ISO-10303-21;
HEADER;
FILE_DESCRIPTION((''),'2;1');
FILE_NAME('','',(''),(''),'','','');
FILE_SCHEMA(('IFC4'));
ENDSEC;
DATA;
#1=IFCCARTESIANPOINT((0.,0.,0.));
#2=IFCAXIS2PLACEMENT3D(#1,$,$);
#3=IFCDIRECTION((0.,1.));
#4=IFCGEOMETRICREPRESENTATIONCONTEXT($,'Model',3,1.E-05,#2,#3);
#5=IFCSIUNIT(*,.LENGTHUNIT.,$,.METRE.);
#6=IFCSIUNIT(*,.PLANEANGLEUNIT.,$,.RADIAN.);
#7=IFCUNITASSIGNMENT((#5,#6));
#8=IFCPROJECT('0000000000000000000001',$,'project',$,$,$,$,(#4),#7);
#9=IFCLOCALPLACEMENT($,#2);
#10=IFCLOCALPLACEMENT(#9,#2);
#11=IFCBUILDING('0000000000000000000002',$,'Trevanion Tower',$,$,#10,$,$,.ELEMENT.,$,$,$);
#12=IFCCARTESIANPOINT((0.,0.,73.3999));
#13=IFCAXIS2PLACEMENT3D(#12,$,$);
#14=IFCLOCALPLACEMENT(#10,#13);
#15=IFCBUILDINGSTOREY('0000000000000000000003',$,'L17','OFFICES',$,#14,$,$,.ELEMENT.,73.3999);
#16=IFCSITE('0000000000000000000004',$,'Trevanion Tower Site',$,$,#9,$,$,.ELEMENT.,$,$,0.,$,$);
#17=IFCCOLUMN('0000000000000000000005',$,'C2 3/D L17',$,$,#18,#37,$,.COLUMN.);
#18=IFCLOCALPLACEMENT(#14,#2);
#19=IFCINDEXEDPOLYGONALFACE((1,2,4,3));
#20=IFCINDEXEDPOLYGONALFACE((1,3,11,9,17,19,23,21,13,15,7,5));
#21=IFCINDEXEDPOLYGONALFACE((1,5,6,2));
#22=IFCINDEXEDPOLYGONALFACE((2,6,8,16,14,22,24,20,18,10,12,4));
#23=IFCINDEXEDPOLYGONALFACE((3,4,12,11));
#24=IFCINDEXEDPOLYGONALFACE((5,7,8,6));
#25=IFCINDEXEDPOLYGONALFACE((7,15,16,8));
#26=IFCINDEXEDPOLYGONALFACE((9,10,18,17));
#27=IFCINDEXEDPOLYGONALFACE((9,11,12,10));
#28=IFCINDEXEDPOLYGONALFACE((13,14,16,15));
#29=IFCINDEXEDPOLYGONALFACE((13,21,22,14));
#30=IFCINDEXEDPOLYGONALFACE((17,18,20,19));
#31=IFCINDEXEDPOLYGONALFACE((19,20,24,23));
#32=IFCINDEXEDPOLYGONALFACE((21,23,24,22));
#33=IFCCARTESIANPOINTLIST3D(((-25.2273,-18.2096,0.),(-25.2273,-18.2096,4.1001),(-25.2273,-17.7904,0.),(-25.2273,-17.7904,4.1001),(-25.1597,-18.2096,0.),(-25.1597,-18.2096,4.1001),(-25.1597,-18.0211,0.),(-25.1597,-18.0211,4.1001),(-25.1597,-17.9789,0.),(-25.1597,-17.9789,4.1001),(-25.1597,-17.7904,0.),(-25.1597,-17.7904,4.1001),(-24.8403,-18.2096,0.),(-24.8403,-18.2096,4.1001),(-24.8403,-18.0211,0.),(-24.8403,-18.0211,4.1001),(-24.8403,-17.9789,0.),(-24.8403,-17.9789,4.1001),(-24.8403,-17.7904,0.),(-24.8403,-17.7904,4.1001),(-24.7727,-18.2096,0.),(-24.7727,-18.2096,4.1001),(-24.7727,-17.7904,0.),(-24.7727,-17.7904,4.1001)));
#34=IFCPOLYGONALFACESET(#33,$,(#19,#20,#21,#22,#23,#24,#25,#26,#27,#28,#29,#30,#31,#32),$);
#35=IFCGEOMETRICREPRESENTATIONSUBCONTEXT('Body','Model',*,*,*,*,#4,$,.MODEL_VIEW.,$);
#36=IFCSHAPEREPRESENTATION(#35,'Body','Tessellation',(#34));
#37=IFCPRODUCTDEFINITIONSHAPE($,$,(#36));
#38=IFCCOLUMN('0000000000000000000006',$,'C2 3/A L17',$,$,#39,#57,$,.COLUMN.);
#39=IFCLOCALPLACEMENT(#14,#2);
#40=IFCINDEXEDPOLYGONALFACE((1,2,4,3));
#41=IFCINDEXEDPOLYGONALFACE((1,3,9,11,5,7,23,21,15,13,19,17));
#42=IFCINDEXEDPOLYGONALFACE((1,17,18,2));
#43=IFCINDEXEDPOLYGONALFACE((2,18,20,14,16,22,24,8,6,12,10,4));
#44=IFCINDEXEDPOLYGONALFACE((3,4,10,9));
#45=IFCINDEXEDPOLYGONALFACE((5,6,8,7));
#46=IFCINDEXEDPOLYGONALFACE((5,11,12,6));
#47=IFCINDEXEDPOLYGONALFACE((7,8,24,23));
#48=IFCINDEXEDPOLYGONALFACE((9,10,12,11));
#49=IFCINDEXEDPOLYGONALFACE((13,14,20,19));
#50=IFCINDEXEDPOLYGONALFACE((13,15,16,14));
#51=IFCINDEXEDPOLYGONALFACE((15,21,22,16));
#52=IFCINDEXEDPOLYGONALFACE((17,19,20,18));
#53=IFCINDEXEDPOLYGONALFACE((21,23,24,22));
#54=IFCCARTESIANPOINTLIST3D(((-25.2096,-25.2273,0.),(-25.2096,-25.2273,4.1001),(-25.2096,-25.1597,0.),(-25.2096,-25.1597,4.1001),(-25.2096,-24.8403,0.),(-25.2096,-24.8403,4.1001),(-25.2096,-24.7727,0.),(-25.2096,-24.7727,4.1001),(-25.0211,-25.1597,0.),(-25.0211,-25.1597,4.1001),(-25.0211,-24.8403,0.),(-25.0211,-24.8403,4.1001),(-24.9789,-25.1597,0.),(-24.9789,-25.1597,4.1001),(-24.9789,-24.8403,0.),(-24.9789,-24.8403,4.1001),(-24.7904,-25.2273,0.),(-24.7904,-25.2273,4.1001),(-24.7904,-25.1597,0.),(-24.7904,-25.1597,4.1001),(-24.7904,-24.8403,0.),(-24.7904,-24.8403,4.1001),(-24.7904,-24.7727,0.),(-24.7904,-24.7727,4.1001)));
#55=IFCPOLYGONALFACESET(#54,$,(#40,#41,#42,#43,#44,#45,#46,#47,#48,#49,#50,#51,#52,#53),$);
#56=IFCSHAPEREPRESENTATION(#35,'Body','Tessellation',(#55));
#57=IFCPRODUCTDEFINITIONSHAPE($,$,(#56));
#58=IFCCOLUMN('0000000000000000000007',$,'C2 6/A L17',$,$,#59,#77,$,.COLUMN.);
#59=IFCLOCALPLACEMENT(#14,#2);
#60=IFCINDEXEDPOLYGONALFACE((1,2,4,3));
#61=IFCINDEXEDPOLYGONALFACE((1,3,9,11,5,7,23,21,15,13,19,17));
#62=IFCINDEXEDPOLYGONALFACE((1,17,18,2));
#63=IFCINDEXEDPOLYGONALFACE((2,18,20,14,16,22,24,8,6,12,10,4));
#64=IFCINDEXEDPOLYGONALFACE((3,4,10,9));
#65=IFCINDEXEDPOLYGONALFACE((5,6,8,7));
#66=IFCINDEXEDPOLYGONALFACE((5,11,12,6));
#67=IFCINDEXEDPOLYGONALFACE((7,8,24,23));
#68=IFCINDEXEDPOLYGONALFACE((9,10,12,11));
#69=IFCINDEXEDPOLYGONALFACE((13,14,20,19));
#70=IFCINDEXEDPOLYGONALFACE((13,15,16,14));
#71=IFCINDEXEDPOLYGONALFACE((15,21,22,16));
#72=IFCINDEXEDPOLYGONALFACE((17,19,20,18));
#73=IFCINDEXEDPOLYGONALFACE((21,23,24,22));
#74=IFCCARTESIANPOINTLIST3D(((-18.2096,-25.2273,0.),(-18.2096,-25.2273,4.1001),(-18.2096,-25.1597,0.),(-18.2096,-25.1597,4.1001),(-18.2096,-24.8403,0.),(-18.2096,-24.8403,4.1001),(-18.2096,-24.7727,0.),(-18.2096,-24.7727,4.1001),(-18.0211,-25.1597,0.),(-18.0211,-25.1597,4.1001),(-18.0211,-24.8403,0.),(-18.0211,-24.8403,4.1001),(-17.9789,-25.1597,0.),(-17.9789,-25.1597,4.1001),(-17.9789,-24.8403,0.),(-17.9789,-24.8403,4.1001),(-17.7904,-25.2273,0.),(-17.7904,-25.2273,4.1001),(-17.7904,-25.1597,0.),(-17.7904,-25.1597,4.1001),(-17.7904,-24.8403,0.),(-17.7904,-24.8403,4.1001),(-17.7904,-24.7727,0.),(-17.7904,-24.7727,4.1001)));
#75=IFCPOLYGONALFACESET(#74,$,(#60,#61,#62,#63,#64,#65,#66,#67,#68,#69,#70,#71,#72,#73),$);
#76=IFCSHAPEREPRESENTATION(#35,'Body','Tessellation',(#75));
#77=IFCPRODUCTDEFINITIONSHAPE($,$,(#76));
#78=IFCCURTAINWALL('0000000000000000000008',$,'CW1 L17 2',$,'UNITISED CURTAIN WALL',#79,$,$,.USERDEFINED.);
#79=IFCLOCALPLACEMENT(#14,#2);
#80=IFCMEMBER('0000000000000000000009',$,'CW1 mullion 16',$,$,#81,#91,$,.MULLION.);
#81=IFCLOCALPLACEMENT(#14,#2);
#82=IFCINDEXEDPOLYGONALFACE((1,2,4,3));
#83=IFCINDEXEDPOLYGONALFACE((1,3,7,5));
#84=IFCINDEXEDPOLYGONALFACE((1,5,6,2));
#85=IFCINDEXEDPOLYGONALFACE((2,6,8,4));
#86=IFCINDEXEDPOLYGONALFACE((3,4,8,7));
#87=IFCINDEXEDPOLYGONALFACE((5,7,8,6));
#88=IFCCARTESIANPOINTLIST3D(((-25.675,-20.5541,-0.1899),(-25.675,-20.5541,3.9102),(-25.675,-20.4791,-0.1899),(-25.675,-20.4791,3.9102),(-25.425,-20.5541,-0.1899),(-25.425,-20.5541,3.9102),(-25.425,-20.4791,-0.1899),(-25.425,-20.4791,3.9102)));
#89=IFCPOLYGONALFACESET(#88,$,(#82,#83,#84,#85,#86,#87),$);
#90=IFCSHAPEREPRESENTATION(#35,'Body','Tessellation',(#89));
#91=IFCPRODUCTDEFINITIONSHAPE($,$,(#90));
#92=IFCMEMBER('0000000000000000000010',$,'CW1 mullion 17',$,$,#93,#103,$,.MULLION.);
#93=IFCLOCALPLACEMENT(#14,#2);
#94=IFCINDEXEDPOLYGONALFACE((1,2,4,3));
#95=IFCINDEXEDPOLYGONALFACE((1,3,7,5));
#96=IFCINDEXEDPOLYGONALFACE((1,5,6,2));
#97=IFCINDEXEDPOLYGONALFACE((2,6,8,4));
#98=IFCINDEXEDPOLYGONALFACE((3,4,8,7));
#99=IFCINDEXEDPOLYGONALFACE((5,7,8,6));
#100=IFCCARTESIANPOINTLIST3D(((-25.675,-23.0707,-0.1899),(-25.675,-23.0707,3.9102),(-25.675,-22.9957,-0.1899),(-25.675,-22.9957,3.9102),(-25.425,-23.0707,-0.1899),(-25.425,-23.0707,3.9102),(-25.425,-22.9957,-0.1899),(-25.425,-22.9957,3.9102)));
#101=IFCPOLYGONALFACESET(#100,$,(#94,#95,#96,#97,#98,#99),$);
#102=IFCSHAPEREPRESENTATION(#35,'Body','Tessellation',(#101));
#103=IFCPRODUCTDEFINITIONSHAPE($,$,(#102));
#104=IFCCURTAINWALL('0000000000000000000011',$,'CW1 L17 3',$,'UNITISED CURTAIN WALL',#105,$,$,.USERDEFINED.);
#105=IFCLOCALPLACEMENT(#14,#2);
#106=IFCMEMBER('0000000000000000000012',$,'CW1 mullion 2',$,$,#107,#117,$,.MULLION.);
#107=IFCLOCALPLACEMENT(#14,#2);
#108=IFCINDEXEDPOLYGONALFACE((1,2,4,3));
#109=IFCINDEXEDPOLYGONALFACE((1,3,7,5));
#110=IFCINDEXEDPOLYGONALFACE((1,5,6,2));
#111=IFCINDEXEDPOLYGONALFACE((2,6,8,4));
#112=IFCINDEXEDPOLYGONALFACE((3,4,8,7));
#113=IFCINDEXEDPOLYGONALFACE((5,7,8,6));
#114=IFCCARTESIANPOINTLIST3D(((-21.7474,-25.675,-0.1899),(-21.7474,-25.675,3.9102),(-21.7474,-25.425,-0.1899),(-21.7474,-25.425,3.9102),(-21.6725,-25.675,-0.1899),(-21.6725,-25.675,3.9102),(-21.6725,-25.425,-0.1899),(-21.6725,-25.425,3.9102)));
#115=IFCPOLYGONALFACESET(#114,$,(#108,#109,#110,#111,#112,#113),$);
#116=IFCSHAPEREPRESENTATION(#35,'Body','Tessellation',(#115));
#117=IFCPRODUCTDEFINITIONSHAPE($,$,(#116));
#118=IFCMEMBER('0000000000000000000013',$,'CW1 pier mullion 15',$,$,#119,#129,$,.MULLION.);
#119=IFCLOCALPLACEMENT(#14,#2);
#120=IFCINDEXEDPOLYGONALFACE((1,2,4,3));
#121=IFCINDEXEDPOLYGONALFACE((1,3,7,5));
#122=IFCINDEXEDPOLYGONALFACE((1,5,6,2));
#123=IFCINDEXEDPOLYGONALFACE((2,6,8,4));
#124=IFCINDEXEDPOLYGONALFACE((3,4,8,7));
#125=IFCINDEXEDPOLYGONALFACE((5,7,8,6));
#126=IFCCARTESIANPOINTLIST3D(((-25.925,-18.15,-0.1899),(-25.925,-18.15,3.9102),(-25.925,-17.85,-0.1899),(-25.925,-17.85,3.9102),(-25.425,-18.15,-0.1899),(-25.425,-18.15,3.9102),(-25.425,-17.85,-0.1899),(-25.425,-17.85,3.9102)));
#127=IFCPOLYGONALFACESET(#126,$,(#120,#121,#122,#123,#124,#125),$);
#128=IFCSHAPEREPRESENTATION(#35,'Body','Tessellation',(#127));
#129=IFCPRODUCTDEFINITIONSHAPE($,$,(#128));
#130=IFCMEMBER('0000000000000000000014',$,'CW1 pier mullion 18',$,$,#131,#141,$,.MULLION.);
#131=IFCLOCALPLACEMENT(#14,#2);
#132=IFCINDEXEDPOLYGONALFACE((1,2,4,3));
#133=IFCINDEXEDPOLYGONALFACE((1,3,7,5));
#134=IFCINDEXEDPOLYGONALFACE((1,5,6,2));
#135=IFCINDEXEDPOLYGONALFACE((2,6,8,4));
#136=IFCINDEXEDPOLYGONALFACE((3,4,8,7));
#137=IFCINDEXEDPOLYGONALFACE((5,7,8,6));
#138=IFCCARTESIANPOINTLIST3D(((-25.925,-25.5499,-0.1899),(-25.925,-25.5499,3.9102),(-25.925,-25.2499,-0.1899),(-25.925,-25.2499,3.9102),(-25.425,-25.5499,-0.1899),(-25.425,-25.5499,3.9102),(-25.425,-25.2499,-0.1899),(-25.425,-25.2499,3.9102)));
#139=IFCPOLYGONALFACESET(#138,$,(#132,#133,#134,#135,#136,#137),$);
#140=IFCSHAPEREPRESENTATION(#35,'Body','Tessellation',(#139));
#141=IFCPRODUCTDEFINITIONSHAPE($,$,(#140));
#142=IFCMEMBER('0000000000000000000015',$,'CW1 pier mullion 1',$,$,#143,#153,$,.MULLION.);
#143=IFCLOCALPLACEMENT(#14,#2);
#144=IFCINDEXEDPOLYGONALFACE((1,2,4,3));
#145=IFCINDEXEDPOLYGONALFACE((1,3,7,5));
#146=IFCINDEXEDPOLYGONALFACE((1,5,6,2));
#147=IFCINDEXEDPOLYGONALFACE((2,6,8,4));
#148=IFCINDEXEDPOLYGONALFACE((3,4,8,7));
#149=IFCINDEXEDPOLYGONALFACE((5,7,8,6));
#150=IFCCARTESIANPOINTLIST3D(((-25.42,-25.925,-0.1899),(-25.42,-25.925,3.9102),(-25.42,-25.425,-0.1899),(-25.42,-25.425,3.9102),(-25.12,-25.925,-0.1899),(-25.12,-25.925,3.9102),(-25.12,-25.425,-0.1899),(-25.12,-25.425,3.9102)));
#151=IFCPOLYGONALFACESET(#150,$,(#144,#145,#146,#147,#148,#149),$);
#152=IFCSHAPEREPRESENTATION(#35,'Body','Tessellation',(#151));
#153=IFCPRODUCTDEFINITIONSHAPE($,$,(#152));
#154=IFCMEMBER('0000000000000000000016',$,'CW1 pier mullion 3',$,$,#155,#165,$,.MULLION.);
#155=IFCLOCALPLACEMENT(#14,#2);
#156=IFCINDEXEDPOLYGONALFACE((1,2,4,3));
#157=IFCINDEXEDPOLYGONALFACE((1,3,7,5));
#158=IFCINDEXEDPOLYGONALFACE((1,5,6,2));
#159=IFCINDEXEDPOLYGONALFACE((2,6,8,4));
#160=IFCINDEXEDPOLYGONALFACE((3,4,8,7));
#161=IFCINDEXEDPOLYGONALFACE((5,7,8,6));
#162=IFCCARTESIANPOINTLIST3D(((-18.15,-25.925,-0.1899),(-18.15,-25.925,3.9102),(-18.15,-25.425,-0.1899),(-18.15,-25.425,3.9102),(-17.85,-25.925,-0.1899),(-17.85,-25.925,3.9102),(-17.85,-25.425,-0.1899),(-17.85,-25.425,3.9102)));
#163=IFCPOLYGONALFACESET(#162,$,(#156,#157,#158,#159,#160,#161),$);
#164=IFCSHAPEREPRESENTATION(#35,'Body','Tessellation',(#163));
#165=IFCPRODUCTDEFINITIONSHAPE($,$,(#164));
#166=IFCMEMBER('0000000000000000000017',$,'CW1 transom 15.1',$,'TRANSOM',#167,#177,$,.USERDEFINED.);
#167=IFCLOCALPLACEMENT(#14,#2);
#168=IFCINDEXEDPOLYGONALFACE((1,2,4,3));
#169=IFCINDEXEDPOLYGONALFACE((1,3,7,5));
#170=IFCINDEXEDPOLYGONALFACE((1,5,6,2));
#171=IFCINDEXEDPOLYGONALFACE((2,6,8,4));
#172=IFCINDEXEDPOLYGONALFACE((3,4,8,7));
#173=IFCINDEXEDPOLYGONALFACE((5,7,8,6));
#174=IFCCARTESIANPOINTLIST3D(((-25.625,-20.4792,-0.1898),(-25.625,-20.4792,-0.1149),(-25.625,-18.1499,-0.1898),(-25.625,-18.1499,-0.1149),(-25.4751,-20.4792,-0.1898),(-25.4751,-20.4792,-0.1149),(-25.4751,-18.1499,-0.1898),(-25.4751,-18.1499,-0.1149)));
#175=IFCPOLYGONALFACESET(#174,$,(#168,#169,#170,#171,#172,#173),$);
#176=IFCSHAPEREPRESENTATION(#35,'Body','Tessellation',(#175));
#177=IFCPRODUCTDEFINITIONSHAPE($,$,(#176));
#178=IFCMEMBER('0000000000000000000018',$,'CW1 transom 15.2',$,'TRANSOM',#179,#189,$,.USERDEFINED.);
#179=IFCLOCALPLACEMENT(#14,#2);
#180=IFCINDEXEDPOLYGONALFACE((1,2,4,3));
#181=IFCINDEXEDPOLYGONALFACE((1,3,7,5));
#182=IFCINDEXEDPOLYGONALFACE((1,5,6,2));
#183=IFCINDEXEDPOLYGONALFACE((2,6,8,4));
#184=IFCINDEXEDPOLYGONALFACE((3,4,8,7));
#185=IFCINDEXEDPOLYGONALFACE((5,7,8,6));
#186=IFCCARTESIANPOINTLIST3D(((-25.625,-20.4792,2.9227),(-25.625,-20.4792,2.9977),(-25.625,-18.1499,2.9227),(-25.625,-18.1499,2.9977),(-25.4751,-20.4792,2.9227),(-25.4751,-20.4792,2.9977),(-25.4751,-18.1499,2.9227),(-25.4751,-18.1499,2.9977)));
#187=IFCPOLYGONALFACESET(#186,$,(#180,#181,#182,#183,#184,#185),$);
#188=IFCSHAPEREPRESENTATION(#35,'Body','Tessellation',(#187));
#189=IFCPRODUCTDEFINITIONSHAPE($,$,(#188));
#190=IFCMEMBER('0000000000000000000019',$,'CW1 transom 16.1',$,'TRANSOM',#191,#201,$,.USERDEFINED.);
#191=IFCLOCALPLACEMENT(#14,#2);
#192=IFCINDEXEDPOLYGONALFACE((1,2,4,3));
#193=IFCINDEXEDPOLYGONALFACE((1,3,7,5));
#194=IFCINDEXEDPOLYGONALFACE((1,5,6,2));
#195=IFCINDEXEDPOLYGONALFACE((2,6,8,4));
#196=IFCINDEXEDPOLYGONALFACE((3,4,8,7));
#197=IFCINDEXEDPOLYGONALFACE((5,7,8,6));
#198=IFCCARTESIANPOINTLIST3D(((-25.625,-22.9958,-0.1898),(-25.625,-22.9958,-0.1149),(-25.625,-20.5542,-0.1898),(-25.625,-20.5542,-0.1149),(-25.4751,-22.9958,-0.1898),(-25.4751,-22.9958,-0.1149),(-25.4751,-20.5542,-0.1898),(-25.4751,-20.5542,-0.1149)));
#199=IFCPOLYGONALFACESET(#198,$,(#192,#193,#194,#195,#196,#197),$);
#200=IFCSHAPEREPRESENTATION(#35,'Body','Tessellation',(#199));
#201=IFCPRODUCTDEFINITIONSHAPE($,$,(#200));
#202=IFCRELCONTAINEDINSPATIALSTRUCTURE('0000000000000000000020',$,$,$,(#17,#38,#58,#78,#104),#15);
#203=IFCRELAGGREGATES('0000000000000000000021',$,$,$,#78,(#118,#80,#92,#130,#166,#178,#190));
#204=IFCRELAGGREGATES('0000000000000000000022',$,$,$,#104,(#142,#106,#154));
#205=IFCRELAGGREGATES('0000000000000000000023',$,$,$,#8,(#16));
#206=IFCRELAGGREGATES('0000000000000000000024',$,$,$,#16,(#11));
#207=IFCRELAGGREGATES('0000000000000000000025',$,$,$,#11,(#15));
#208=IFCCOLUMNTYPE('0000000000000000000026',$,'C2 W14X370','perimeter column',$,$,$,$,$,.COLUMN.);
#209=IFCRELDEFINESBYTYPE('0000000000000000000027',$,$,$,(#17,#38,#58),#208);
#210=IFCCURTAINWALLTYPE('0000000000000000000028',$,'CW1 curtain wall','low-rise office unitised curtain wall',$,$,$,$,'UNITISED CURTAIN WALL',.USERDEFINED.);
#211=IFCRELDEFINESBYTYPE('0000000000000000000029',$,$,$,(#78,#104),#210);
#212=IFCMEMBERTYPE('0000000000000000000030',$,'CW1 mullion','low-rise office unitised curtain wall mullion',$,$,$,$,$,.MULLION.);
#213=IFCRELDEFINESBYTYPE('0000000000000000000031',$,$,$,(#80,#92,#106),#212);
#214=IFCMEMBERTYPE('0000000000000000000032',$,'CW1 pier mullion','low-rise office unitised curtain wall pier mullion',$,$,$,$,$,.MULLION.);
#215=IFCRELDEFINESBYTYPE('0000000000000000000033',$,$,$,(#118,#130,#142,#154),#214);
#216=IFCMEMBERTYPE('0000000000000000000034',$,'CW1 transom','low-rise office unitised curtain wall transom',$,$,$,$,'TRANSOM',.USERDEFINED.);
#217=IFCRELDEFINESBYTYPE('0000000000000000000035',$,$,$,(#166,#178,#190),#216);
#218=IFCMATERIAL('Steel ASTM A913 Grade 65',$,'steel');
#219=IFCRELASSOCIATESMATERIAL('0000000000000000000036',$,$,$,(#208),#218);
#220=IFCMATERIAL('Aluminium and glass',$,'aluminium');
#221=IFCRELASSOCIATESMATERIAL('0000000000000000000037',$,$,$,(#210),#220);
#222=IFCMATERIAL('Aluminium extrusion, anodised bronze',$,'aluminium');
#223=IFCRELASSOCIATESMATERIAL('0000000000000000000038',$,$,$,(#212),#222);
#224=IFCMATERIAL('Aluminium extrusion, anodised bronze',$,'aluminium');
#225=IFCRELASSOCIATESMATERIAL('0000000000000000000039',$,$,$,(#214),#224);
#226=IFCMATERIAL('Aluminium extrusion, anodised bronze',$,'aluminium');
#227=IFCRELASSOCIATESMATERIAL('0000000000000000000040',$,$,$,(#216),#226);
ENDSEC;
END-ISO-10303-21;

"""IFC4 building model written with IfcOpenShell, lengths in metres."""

from ifc_helpers import new_model, si_unit, direction, frame, origin, origin_2d, place, context, subcontext, project, spatial, rectangle, i_section, extrude, material, material_profile, profile_set, type_object, element, aggregate, save


model = new_model("IFC4")

# Units and contexts
model_context = context("Model", 3, precision=1e-05, world=origin(), true_north=direction((0.0, 1.0)))
body_context = subcontext(model_context, "Body", "Model", "MODEL_VIEW")
ifc_project = project(units=[si_unit("LENGTHUNIT", "METRE"), si_unit("PLANEANGLEUNIT", "RADIAN")], contexts=[model_context])

# Site, building, storey
site_placement = place(None, origin())
site = spatial("IfcSite", under=ifc_project, at=site_placement, Name="Trevanion Tower Site", CompositionType="ELEMENT", RefElevation=0.0)
building_placement = place(site_placement, origin())
building = spatial("IfcBuilding", under=site, at=building_placement, Name="Trevanion Tower", CompositionType="ELEMENT")
storey_placement = place(building_placement, frame((0.0, 0.0, 73.3999)))
storey = spatial("IfcBuildingStorey", under=building, at=storey_placement, Name="L17", Description="OFFICES", CompositionType="ELEMENT", Elevation=73.3999)

# Columns
ifc_material_1 = material(Name="Steel ASTM A913 Grade 65", Category="steel")
ifc_material_profile_1 = material_profile(ifc_material_1, i_section(OverallWidth=0.4192, OverallDepth=0.4546, WebThickness=0.0422, FlangeThickness=0.0676, at=origin_2d()), Name="W14X370")
ifc_profile_set_1 = profile_set([ifc_material_profile_1], Name="Steel ASTM A913 Grade 65")
column_type = type_object("IfcColumnType", Name="C2 W14X370", Description="perimeter column", PredefinedType="COLUMN", material=ifc_profile_set_1)
for number, where, z_axis, x_axis, name in (
    (1, (-25.0, -18.0, 0.0), (0.0, 0.0, 1.0), (0.0, 1.0, 0.0), "C2 3/D L17"),
    (2, (-25.0, -25.0, 0.0), (0.0, 0.0, 1.0), (1.0, 0.0, 0.0), "C2 3/A L17"),
    (3, (-18.0, -25.0, 0.0), (0.0, 0.0, 1.0), (1.0, 0.0, 0.0), "C2 6/A L17"),
):
    element("IfcColumn", number, at=place(storey_placement, frame(where, z_axis=z_axis, x_axis=x_axis)), inside=storey, type_object=column_type, Name=name, PredefinedType="COLUMN", context=body_context, shape_type="SweptSolid", body=[
        extrude(i_section(OverallWidth=0.4192, OverallDepth=0.4546, WebThickness=0.0422, FlangeThickness=0.0676, at=origin_2d()), origin(), (0.0, 0.0, 1.0), 4.1001),
    ])

# Curtain wall, members
ifc_material_2 = material(Name="Aluminium and glass", Category="aluminium")
curtain_wall_type = type_object("IfcCurtainWallType", Name="CW1 curtain wall", Description="low-rise office unitised curtain wall", ElementType="UNITISED CURTAIN WALL", PredefinedType="USERDEFINED", material=ifc_material_2)
curtain_wall_1_placement = place(storey_placement, origin())
curtain_wall_1 = element("IfcCurtainWall", 4, at=curtain_wall_1_placement, inside=storey, type_object=curtain_wall_type, Name="CW1 L17 2", ObjectType="UNITISED CURTAIN WALL", PredefinedType="USERDEFINED")
ifc_material_3 = material(Name="Aluminium extrusion, anodised bronze", Category="aluminium")
ifc_material_profile_2 = material_profile(ifc_material_3, rectangle(XDim=0.075, YDim=0.25, at=origin_2d()), Name="CW1 mullion")
ifc_profile_set_2 = profile_set([ifc_material_profile_2], Name="Aluminium extrusion, anodised bronze")
member_type_1 = type_object("IfcMemberType", Name="CW1 mullion", Description="low-rise office unitised curtain wall mullion", PredefinedType="MULLION", material=ifc_profile_set_2)
member_1_placement = place(storey_placement, frame((-25.55, -20.5166, -0.1899), z_axis=(0.0, 0.0, 1.0), x_axis=(0.0, -1.0, 0.0)))
member_1 = element("IfcMember", 5, at=member_1_placement, type_object=member_type_1, Name="CW1 mullion 16", PredefinedType="MULLION", context=body_context, shape_type="SweptSolid", body=[
    extrude(rectangle(XDim=0.075, YDim=0.25, at=origin_2d()), origin(), (0.0, 0.0, 1.0), 4.1001),
])
member_2_placement = place(storey_placement, frame((-25.55, -23.0332, -0.1899), z_axis=(0.0, 0.0, 1.0), x_axis=(0.0, -1.0, 0.0)))
member_2 = element("IfcMember", 6, at=member_2_placement, type_object=member_type_1, Name="CW1 mullion 17", PredefinedType="MULLION", context=body_context, shape_type="SweptSolid", body=[
    extrude(rectangle(XDim=0.075, YDim=0.25, at=origin_2d()), origin(), (0.0, 0.0, 1.0), 4.1001),
])

# Curtain wall, member
curtain_wall_2_placement = place(storey_placement, origin())
curtain_wall_2 = element("IfcCurtainWall", 7, at=curtain_wall_2_placement, inside=storey, type_object=curtain_wall_type, Name="CW1 L17 3", ObjectType="UNITISED CURTAIN WALL", PredefinedType="USERDEFINED")
member_3_placement = place(storey_placement, frame((-21.71, -25.55, -0.1899), z_axis=(0.0, 0.0, 1.0), x_axis=(1.0, 0.0, 0.0)))
member_3 = element("IfcMember", 8, at=member_3_placement, type_object=member_type_1, Name="CW1 mullion 2", PredefinedType="MULLION", context=body_context, shape_type="SweptSolid", body=[
    extrude(rectangle(XDim=0.075, YDim=0.25, at=origin_2d()), origin(), (0.0, 0.0, 1.0), 4.1001),
])

# Members
ifc_material_4 = material(Name="Aluminium extrusion, anodised bronze", Category="aluminium")
ifc_material_profile_3 = material_profile(ifc_material_4, rectangle(XDim=0.3, YDim=0.5, at=origin_2d()), Name="CW1 pier mullion")
ifc_profile_set_3 = profile_set([ifc_material_profile_3], Name="Aluminium extrusion, anodised bronze")
member_type_2 = type_object("IfcMemberType", Name="CW1 pier mullion", Description="low-rise office unitised curtain wall pier mullion", PredefinedType="MULLION", material=ifc_profile_set_3)
member_4_placement = place(storey_placement, frame((-25.675, -18.0, -0.1899), z_axis=(0.0, 0.0, 1.0), x_axis=(0.0, -1.0, 0.0)))
member_4 = element("IfcMember", 9, at=member_4_placement, type_object=member_type_2, Name="CW1 pier mullion 15", PredefinedType="MULLION", context=body_context, shape_type="SweptSolid", body=[
    extrude(rectangle(XDim=0.3, YDim=0.5, at=origin_2d()), origin(), (0.0, 0.0, 1.0), 4.1001),
])
member_5_placement = place(storey_placement, frame((-25.675, -25.3999, -0.1899), z_axis=(0.0, 0.0, 1.0), x_axis=(0.0, -1.0, 0.0)))
member_5 = element("IfcMember", 10, at=member_5_placement, type_object=member_type_2, Name="CW1 pier mullion 18", PredefinedType="MULLION", context=body_context, shape_type="SweptSolid", body=[
    extrude(rectangle(XDim=0.3, YDim=0.5, at=origin_2d()), origin(), (0.0, 0.0, 1.0), 4.1001),
])
member_6_placement = place(storey_placement, frame((-25.27, -25.675, -0.1899), z_axis=(0.0, 0.0, 1.0), x_axis=(1.0, 0.0, 0.0)))
member_6 = element("IfcMember", 11, at=member_6_placement, type_object=member_type_2, Name="CW1 pier mullion 1", PredefinedType="MULLION", context=body_context, shape_type="SweptSolid", body=[
    extrude(rectangle(XDim=0.3, YDim=0.5, at=origin_2d()), origin(), (0.0, 0.0, 1.0), 4.1001),
])
member_7_placement = place(storey_placement, frame((-18.0, -25.675, -0.1899), z_axis=(0.0, 0.0, 1.0), x_axis=(1.0, 0.0, 0.0)))
member_7 = element("IfcMember", 12, at=member_7_placement, type_object=member_type_2, Name="CW1 pier mullion 3", PredefinedType="MULLION", context=body_context, shape_type="SweptSolid", body=[
    extrude(rectangle(XDim=0.3, YDim=0.5, at=origin_2d()), origin(), (0.0, 0.0, 1.0), 4.1001),
])
ifc_material_5 = material(Name="Aluminium extrusion, anodised bronze", Category="aluminium")
ifc_material_profile_4 = material_profile(ifc_material_5, rectangle(XDim=0.1499, YDim=0.075, at=origin_2d()), Name="CW1 transom")
ifc_profile_set_4 = profile_set([ifc_material_profile_4], Name="Aluminium extrusion, anodised bronze")
member_type_3 = type_object("IfcMemberType", Name="CW1 transom", Description="low-rise office unitised curtain wall transom", ElementType="TRANSOM", PredefinedType="USERDEFINED", material=ifc_profile_set_4)
member_8_placement = place(storey_placement, frame((-25.55, -18.1499, -0.1523), z_axis=(0.0, -1.0, 0.0), x_axis=(1.0, 0.0, 0.0)))
member_8 = element("IfcMember", 13, at=member_8_placement, type_object=member_type_3, Name="CW1 transom 15.1", ObjectType="TRANSOM", PredefinedType="USERDEFINED", context=body_context, shape_type="SweptSolid", body=[
    extrude(rectangle(XDim=0.1499, YDim=0.075, at=origin_2d()), origin(), (0.0, 0.0, 1.0), 2.3293),
])
member_9_placement = place(storey_placement, frame((-25.55, -18.1499, 2.9602), z_axis=(0.0, -1.0, 0.0), x_axis=(1.0, 0.0, 0.0)))
member_9 = element("IfcMember", 14, at=member_9_placement, type_object=member_type_3, Name="CW1 transom 15.2", ObjectType="TRANSOM", PredefinedType="USERDEFINED", context=body_context, shape_type="SweptSolid", body=[
    extrude(rectangle(XDim=0.1499, YDim=0.075, at=origin_2d()), origin(), (0.0, 0.0, 1.0), 2.3293),
])
member_10_placement = place(storey_placement, frame((-25.55, -20.5542, -0.1523), z_axis=(0.0, -1.0, 0.0), x_axis=(1.0, 0.0, 0.0)))
member_10 = element("IfcMember", 15, at=member_10_placement, type_object=member_type_3, Name="CW1 transom 16.1", ObjectType="TRANSOM", PredefinedType="USERDEFINED", context=body_context, shape_type="SweptSolid", body=[
    extrude(rectangle(XDim=0.1499, YDim=0.075, at=origin_2d()), origin(), (0.0, 0.0, 1.0), 2.4417),
])

aggregate(curtain_wall_1, [member_4, member_1, member_2, member_5, member_8, member_9, member_10])
aggregate(curtain_wall_2, [member_6, member_3, member_7])

save(model, "model.ifc")
